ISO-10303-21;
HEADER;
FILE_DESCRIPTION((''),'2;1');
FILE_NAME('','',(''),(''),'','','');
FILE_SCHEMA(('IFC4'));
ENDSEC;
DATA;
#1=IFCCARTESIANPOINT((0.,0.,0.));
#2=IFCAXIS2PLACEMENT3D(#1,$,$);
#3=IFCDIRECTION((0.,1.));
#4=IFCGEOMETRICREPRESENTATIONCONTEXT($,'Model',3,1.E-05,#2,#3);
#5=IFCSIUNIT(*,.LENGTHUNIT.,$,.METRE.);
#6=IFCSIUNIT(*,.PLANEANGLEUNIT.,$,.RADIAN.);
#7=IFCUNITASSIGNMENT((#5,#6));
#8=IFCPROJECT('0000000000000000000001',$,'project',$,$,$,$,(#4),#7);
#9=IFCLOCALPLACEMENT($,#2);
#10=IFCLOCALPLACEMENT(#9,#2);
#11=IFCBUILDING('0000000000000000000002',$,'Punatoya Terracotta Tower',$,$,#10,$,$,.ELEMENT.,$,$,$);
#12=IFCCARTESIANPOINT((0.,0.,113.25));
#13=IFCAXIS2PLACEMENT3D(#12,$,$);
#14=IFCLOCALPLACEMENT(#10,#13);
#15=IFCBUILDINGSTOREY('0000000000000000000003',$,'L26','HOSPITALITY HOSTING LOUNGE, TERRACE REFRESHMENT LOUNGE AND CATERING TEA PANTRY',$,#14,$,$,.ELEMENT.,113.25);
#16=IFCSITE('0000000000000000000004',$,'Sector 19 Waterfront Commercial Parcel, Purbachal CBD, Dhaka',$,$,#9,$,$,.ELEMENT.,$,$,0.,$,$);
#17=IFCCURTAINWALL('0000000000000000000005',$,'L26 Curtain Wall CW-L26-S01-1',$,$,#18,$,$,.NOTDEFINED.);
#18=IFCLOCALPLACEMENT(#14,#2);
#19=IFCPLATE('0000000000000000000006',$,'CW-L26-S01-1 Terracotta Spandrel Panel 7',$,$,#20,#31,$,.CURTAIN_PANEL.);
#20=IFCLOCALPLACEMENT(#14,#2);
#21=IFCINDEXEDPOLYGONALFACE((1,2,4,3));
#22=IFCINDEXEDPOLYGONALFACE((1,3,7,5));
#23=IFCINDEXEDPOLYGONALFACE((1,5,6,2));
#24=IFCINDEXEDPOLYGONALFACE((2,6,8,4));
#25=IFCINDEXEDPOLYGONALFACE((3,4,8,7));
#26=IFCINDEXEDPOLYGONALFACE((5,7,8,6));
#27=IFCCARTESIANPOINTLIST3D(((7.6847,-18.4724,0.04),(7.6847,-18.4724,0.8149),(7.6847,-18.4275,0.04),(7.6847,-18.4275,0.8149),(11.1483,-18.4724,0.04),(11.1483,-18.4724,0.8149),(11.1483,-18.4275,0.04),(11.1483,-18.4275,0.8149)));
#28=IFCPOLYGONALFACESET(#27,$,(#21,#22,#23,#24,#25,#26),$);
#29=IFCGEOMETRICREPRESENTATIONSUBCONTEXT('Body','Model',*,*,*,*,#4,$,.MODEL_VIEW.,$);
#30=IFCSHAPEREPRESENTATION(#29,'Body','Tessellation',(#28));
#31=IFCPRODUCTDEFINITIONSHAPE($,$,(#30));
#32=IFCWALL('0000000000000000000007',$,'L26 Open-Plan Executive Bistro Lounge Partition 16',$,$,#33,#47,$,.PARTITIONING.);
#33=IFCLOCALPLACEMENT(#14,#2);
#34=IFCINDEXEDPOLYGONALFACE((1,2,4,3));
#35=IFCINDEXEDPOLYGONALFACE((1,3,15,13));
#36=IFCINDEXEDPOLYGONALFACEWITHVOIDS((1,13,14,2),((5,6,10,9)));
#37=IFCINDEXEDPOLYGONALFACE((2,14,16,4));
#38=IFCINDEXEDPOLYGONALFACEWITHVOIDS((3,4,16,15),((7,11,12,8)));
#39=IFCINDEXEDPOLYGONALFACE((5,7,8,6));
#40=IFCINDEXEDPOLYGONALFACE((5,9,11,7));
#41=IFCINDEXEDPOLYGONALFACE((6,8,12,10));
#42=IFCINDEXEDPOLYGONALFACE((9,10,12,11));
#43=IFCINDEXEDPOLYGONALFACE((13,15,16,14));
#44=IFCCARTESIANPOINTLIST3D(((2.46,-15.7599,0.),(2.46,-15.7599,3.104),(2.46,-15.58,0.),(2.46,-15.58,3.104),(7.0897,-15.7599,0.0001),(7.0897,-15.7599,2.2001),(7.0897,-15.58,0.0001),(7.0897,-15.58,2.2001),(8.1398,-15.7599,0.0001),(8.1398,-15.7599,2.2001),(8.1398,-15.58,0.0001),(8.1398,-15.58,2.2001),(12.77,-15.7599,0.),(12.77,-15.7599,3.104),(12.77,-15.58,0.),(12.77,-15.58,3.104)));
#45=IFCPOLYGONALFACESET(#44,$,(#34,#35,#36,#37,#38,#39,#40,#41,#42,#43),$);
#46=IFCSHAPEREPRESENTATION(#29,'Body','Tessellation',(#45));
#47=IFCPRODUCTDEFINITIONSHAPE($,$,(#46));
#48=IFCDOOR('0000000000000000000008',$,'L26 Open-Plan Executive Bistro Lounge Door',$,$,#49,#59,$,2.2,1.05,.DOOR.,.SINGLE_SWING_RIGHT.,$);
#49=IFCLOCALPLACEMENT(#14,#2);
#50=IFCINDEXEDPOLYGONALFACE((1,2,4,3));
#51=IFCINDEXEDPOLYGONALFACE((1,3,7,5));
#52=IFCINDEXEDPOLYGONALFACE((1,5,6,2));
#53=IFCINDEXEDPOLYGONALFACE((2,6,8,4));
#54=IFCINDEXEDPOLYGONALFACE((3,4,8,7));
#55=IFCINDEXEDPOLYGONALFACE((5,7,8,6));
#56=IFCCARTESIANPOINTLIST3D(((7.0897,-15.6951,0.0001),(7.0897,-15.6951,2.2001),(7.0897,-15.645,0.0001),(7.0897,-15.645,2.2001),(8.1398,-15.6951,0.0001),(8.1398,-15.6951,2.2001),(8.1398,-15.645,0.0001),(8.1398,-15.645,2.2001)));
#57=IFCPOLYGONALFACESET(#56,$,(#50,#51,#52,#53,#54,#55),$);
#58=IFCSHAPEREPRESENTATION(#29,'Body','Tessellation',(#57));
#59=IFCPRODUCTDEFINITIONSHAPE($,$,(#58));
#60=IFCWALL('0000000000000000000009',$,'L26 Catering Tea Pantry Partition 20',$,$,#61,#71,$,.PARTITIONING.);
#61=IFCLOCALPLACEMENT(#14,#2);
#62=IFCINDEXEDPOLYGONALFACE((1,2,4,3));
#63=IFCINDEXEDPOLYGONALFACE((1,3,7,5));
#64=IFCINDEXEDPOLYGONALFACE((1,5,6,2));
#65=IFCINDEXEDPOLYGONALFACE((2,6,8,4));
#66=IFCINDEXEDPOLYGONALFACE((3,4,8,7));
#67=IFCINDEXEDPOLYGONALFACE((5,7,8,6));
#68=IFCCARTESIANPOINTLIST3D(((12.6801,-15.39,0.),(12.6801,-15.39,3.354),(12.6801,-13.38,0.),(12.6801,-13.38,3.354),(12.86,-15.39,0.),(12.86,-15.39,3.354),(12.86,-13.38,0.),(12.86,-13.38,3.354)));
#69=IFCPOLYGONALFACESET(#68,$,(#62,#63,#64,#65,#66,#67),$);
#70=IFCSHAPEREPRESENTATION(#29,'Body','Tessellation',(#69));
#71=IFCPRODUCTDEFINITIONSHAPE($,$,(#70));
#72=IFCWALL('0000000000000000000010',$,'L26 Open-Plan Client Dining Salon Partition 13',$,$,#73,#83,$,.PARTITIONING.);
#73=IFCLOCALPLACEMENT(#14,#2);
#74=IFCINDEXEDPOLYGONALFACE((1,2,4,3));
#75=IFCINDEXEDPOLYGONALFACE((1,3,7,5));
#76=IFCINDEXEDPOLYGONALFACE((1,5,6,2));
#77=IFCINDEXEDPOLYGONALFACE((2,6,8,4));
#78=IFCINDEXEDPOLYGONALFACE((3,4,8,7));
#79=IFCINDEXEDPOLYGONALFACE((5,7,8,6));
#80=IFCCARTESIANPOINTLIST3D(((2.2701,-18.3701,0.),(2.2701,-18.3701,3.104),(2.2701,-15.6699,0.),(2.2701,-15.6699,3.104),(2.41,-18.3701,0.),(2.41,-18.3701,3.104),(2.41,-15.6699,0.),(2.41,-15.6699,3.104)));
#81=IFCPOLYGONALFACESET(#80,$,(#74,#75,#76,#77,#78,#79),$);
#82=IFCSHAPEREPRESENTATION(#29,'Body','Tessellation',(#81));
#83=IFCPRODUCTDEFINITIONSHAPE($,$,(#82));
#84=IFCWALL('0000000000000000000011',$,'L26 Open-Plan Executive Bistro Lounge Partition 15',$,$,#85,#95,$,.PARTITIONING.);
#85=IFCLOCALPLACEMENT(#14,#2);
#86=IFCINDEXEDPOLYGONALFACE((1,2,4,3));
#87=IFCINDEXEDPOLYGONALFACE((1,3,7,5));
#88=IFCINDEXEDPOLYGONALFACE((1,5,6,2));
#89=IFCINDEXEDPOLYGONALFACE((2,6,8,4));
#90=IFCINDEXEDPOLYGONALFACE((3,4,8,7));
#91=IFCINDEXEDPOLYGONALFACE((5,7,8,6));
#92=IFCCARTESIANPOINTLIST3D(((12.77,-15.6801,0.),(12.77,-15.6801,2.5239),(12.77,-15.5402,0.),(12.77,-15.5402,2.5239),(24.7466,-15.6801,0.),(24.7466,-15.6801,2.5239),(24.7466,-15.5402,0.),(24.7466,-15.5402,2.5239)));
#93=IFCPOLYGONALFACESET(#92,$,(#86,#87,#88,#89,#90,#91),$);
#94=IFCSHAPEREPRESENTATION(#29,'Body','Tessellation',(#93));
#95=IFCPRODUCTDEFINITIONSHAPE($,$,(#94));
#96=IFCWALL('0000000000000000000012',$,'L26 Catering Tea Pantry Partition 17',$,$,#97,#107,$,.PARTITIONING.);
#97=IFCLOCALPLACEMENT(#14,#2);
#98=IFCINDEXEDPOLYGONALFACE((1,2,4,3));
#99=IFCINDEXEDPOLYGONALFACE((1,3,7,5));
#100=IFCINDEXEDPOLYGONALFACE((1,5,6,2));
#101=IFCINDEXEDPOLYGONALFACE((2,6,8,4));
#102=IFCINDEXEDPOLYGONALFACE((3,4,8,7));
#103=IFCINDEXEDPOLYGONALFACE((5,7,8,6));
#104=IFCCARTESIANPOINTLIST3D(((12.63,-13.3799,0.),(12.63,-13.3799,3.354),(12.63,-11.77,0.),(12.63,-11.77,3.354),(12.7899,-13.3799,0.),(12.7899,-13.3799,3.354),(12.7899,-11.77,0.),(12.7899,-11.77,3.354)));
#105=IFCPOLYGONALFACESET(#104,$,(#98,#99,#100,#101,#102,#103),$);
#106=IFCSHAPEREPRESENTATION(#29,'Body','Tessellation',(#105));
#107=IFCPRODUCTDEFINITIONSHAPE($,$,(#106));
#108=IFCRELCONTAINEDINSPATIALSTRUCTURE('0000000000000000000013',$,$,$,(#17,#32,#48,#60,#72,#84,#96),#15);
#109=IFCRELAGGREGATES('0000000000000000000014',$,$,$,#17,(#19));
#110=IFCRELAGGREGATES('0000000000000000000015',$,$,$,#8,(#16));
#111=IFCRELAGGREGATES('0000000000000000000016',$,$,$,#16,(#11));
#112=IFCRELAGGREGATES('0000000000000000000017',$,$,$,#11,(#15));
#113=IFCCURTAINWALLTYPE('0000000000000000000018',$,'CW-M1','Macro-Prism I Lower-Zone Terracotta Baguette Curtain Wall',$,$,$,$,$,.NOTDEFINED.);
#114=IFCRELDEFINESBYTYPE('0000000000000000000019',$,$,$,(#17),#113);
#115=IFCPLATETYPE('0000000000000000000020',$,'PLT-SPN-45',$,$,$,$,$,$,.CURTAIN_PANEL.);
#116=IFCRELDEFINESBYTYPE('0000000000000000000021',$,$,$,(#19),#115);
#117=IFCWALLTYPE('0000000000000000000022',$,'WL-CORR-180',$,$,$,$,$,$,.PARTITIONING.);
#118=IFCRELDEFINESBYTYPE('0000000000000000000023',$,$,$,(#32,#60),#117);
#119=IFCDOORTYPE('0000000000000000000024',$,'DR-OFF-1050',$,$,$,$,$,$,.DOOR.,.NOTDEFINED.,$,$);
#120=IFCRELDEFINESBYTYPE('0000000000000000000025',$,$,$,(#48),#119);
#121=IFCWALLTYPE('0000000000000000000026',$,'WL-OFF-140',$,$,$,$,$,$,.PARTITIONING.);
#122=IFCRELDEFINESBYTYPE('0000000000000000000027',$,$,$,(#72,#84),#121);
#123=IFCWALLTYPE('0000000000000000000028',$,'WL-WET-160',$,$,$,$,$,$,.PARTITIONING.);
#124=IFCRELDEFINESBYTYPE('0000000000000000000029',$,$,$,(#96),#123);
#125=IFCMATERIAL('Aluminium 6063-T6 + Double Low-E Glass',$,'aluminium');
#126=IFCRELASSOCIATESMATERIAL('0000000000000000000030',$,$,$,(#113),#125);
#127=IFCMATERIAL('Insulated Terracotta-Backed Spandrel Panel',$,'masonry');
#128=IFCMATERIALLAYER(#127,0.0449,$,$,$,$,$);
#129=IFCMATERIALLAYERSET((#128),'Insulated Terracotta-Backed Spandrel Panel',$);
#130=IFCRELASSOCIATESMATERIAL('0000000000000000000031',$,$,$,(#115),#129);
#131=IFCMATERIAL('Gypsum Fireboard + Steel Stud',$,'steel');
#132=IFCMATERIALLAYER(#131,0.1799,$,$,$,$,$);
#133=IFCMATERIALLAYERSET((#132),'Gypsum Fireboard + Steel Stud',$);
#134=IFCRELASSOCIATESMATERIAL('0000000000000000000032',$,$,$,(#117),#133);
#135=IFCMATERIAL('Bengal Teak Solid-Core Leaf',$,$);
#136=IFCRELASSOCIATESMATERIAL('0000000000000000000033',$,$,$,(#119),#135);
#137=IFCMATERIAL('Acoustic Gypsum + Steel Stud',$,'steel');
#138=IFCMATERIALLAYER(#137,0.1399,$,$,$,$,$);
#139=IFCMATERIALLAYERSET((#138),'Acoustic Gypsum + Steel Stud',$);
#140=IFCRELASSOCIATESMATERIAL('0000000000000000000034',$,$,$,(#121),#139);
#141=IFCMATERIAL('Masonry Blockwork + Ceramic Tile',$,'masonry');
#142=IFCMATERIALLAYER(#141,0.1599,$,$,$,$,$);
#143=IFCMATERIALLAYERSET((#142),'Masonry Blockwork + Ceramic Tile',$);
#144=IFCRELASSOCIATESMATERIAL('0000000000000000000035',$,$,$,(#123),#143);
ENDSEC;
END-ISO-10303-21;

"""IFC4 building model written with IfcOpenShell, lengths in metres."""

from ifc_helpers import new_model, si_unit, direction, frame, frame_2d, origin, origin_2d, place, context, subcontext, project, spatial, rectangle, extrude, material, layer, layer_set, type_object, element, fill, aggregate, save


model = new_model("IFC4")

# Units and contexts
model_context = context("Model", 3, precision=1e-05, world=origin(), true_north=direction((0.0, 1.0)))
body_context = subcontext(model_context, "Body", "Model", "MODEL_VIEW")
ifc_project = project(units=[si_unit("LENGTHUNIT", "METRE"), si_unit("PLANEANGLEUNIT", "RADIAN")], contexts=[model_context])

# Site, building, storey
site_placement = place(None, origin())
site = spatial("IfcSite", under=ifc_project, at=site_placement, Name="Sector 19 Waterfront Commercial Parcel, Purbachal CBD, Dhaka", CompositionType="ELEMENT", RefElevation=0.0)
building_placement = place(site_placement, origin())
building = spatial("IfcBuilding", under=site, at=building_placement, Name="Punatoya Terracotta Tower", CompositionType="ELEMENT")
storey_placement = place(building_placement, frame((0.0, 0.0, 113.25)))
storey = spatial("IfcBuildingStorey", under=building, at=storey_placement, Name="L26", Description="HOSPITALITY HOSTING LOUNGE, TERRACE REFRESHMENT LOUNGE AND CATERING TEA PANTRY", CompositionType="ELEMENT", Elevation=113.25)

# Curtain wall, plate
ifc_material_1 = material(Name="Aluminium 6063-T6 + Double Low-E Glass", Category="aluminium")
curtain_wall_type = type_object("IfcCurtainWallType", Name="CW-M1", Description="Macro-Prism I Lower-Zone Terracotta Baguette Curtain Wall", PredefinedType="NOTDEFINED", material=ifc_material_1)
curtain_wall_placement = place(storey_placement, origin())
curtain_wall = element("IfcCurtainWall", 1, at=curtain_wall_placement, inside=storey, type_object=curtain_wall_type, Name="L26 Curtain Wall CW-L26-S01-1", PredefinedType="NOTDEFINED")
ifc_material_2 = material(Name="Insulated Terracotta-Backed Spandrel Panel", Category="masonry")
ifc_layer_1 = layer(ifc_material_2, 0.0449)
ifc_layer_set_1 = layer_set([ifc_layer_1], Name="Insulated Terracotta-Backed Spandrel Panel")
plate_type_1 = type_object("IfcPlateType", Name="PLT-SPN-45", PredefinedType="CURTAIN_PANEL", material=ifc_layer_set_1)
plate_1_placement = place(storey_placement, frame((9.4165, -18.45, 0.04), z_axis=(0.0, 0.0, 1.0), x_axis=(1.0, 0.0, 0.0)))
plate_1 = element("IfcPlate", 2, at=plate_1_placement, type_object=plate_type_1, Name="CW-L26-S01-1 Terracotta Spandrel Panel 7", PredefinedType="CURTAIN_PANEL", context=body_context, shape_type="SweptSolid", body=[
    extrude(rectangle(XDim=3.4636, YDim=0.0449, at=origin_2d()), origin(), (0.0, 0.0, 1.0), 0.7749),
])
aggregate(curtain_wall, [plate_1])

# Wall, opening, door
ifc_material_3 = material(Name="Gypsum Fireboard + Steel Stud", Category="steel")
ifc_layer_2 = layer(ifc_material_3, 0.1799)
ifc_layer_set_2 = layer_set([ifc_layer_2], Name="Gypsum Fireboard + Steel Stud")
wall_type_1 = type_object("IfcWallType", Name="WL-CORR-180", PredefinedType="PARTITIONING", material=ifc_layer_set_2)
wall_1_placement = place(storey_placement, frame((2.46, -15.6699, 0.0), z_axis=(0.0, 0.0, 1.0), x_axis=(1.0, 0.0, 0.0)))
wall_1 = element("IfcWall", 3, at=wall_1_placement, inside=storey, type_object=wall_type_1, Name="L26 Open-Plan Executive Bistro Lounge Partition 16", PredefinedType="PARTITIONING", context=body_context, shape_type="SweptSolid", body=[
    extrude(rectangle(XDim=10.3101, YDim=0.1799, at=frame_2d((5.155, 0.0))), origin(), (0.0, 0.0, 1.0), 3.104),
])
opening_placement = place(wall_1_placement, frame((4.6299, 0.0, 0.0)))
opening = element("IfcOpeningElement", 4, at=opening_placement, cuts=wall_1, PredefinedType="OPENING", context=body_context, shape_type="SweptSolid", body=[
    extrude(rectangle(XDim=1.05, YDim=2.2, at=frame_2d((0.5249, 1.1001))), frame((0.0, 0.0999, 0.0), z_axis=(0.0, -1.0, 0.0), x_axis=(1.0, 0.0, 0.0)), (0.0, 0.0, 1.0), 0.2),
])
ifc_material_4 = material(Name="Bengal Teak Solid-Core Leaf")
door_type = type_object("IfcDoorType", Name="DR-OFF-1050", OperationType="NOTDEFINED", PredefinedType="DOOR", material=ifc_material_4)
door_placement = place(opening_placement, origin())
door = element("IfcDoor", 5, at=door_placement, inside=storey, type_object=door_type, Name="L26 Open-Plan Executive Bistro Lounge Door", OperationType="SINGLE_SWING_RIGHT", OverallHeight=2.2, OverallWidth=1.05, PredefinedType="DOOR", context=body_context, shape_type="SweptSolid", body=[
    extrude(rectangle(XDim=1.05, YDim=2.2, at=frame_2d((0.5249, 1.1001))), frame((0.0, 0.0249, 0.0), z_axis=(0.0, -1.0, 0.0), x_axis=(1.0, 0.0, 0.0)), (0.0, 0.0, 1.0), 0.05),
])
fill(opening, door)

# Walls
wall_2_placement = place(storey_placement, frame((12.77, -15.3899, 0.0), z_axis=(0.0, 0.0, 1.0), x_axis=(0.0, 1.0, 0.0)))
element("IfcWall", 6, at=wall_2_placement, inside=storey, type_object=wall_type_1, Name="L26 Catering Tea Pantry Partition 20", PredefinedType="PARTITIONING", context=body_context, shape_type="SweptSolid", body=[
    extrude(rectangle(XDim=2.01, YDim=0.1799, at=frame_2d((1.0049, 0.0))), origin(), (0.0, 0.0, 1.0), 3.354),
])
ifc_material_5 = material(Name="Acoustic Gypsum + Steel Stud", Category="steel")
ifc_layer_3 = layer(ifc_material_5, 0.1399)
ifc_layer_set_3 = layer_set([ifc_layer_3], Name="Acoustic Gypsum + Steel Stud")
wall_type_2 = type_object("IfcWallType", Name="WL-OFF-140", PredefinedType="PARTITIONING", material=ifc_layer_set_3)
wall_3_placement = place(storey_placement, frame((2.3401, -15.6699, 0.0), z_axis=(0.0, 0.0, 1.0), x_axis=(0.0, -1.0, 0.0)))
element("IfcWall", 7, at=wall_3_placement, inside=storey, type_object=wall_type_2, Name="L26 Open-Plan Client Dining Salon Partition 13", PredefinedType="PARTITIONING", context=body_context, shape_type="SweptSolid", body=[
    extrude(rectangle(XDim=2.7002, YDim=0.1399, at=frame_2d((1.3501, 0.0))), origin(), (0.0, 0.0, 1.0), 3.104),
])
wall_4_placement = place(storey_placement, frame((12.77, -15.6101, 0.0), z_axis=(0.0, 0.0, 1.0), x_axis=(1.0, 0.0, 0.0)))
element("IfcWall", 8, at=wall_4_placement, inside=storey, type_object=wall_type_2, Name="L26 Open-Plan Executive Bistro Lounge Partition 15", PredefinedType="PARTITIONING", context=body_context, shape_type="SweptSolid", body=[
    extrude(rectangle(XDim=11.9766, YDim=0.1399, at=frame_2d((5.9883, 0.0))), origin(), (0.0, 0.0, 1.0), 2.5239),
])
ifc_material_6 = material(Name="Masonry Blockwork + Ceramic Tile", Category="masonry")
ifc_layer_4 = layer(ifc_material_6, 0.1599)
ifc_layer_set_4 = layer_set([ifc_layer_4], Name="Masonry Blockwork + Ceramic Tile")
wall_type_3 = type_object("IfcWallType", Name="WL-WET-160", PredefinedType="PARTITIONING", material=ifc_layer_set_4)
wall_5_placement = place(storey_placement, frame((12.71, -13.3799, 0.0), z_axis=(0.0, 0.0, 1.0), x_axis=(0.0, 1.0, 0.0)))
element("IfcWall", 9, at=wall_5_placement, inside=storey, type_object=wall_type_3, Name="L26 Catering Tea Pantry Partition 17", PredefinedType="PARTITIONING", context=body_context, shape_type="SweptSolid", body=[
    extrude(rectangle(XDim=1.6099, YDim=0.1599, at=frame_2d((0.8049, 0.0))), origin(), (0.0, 0.0, 1.0), 3.354),
])

save(model, "model.ifc")
